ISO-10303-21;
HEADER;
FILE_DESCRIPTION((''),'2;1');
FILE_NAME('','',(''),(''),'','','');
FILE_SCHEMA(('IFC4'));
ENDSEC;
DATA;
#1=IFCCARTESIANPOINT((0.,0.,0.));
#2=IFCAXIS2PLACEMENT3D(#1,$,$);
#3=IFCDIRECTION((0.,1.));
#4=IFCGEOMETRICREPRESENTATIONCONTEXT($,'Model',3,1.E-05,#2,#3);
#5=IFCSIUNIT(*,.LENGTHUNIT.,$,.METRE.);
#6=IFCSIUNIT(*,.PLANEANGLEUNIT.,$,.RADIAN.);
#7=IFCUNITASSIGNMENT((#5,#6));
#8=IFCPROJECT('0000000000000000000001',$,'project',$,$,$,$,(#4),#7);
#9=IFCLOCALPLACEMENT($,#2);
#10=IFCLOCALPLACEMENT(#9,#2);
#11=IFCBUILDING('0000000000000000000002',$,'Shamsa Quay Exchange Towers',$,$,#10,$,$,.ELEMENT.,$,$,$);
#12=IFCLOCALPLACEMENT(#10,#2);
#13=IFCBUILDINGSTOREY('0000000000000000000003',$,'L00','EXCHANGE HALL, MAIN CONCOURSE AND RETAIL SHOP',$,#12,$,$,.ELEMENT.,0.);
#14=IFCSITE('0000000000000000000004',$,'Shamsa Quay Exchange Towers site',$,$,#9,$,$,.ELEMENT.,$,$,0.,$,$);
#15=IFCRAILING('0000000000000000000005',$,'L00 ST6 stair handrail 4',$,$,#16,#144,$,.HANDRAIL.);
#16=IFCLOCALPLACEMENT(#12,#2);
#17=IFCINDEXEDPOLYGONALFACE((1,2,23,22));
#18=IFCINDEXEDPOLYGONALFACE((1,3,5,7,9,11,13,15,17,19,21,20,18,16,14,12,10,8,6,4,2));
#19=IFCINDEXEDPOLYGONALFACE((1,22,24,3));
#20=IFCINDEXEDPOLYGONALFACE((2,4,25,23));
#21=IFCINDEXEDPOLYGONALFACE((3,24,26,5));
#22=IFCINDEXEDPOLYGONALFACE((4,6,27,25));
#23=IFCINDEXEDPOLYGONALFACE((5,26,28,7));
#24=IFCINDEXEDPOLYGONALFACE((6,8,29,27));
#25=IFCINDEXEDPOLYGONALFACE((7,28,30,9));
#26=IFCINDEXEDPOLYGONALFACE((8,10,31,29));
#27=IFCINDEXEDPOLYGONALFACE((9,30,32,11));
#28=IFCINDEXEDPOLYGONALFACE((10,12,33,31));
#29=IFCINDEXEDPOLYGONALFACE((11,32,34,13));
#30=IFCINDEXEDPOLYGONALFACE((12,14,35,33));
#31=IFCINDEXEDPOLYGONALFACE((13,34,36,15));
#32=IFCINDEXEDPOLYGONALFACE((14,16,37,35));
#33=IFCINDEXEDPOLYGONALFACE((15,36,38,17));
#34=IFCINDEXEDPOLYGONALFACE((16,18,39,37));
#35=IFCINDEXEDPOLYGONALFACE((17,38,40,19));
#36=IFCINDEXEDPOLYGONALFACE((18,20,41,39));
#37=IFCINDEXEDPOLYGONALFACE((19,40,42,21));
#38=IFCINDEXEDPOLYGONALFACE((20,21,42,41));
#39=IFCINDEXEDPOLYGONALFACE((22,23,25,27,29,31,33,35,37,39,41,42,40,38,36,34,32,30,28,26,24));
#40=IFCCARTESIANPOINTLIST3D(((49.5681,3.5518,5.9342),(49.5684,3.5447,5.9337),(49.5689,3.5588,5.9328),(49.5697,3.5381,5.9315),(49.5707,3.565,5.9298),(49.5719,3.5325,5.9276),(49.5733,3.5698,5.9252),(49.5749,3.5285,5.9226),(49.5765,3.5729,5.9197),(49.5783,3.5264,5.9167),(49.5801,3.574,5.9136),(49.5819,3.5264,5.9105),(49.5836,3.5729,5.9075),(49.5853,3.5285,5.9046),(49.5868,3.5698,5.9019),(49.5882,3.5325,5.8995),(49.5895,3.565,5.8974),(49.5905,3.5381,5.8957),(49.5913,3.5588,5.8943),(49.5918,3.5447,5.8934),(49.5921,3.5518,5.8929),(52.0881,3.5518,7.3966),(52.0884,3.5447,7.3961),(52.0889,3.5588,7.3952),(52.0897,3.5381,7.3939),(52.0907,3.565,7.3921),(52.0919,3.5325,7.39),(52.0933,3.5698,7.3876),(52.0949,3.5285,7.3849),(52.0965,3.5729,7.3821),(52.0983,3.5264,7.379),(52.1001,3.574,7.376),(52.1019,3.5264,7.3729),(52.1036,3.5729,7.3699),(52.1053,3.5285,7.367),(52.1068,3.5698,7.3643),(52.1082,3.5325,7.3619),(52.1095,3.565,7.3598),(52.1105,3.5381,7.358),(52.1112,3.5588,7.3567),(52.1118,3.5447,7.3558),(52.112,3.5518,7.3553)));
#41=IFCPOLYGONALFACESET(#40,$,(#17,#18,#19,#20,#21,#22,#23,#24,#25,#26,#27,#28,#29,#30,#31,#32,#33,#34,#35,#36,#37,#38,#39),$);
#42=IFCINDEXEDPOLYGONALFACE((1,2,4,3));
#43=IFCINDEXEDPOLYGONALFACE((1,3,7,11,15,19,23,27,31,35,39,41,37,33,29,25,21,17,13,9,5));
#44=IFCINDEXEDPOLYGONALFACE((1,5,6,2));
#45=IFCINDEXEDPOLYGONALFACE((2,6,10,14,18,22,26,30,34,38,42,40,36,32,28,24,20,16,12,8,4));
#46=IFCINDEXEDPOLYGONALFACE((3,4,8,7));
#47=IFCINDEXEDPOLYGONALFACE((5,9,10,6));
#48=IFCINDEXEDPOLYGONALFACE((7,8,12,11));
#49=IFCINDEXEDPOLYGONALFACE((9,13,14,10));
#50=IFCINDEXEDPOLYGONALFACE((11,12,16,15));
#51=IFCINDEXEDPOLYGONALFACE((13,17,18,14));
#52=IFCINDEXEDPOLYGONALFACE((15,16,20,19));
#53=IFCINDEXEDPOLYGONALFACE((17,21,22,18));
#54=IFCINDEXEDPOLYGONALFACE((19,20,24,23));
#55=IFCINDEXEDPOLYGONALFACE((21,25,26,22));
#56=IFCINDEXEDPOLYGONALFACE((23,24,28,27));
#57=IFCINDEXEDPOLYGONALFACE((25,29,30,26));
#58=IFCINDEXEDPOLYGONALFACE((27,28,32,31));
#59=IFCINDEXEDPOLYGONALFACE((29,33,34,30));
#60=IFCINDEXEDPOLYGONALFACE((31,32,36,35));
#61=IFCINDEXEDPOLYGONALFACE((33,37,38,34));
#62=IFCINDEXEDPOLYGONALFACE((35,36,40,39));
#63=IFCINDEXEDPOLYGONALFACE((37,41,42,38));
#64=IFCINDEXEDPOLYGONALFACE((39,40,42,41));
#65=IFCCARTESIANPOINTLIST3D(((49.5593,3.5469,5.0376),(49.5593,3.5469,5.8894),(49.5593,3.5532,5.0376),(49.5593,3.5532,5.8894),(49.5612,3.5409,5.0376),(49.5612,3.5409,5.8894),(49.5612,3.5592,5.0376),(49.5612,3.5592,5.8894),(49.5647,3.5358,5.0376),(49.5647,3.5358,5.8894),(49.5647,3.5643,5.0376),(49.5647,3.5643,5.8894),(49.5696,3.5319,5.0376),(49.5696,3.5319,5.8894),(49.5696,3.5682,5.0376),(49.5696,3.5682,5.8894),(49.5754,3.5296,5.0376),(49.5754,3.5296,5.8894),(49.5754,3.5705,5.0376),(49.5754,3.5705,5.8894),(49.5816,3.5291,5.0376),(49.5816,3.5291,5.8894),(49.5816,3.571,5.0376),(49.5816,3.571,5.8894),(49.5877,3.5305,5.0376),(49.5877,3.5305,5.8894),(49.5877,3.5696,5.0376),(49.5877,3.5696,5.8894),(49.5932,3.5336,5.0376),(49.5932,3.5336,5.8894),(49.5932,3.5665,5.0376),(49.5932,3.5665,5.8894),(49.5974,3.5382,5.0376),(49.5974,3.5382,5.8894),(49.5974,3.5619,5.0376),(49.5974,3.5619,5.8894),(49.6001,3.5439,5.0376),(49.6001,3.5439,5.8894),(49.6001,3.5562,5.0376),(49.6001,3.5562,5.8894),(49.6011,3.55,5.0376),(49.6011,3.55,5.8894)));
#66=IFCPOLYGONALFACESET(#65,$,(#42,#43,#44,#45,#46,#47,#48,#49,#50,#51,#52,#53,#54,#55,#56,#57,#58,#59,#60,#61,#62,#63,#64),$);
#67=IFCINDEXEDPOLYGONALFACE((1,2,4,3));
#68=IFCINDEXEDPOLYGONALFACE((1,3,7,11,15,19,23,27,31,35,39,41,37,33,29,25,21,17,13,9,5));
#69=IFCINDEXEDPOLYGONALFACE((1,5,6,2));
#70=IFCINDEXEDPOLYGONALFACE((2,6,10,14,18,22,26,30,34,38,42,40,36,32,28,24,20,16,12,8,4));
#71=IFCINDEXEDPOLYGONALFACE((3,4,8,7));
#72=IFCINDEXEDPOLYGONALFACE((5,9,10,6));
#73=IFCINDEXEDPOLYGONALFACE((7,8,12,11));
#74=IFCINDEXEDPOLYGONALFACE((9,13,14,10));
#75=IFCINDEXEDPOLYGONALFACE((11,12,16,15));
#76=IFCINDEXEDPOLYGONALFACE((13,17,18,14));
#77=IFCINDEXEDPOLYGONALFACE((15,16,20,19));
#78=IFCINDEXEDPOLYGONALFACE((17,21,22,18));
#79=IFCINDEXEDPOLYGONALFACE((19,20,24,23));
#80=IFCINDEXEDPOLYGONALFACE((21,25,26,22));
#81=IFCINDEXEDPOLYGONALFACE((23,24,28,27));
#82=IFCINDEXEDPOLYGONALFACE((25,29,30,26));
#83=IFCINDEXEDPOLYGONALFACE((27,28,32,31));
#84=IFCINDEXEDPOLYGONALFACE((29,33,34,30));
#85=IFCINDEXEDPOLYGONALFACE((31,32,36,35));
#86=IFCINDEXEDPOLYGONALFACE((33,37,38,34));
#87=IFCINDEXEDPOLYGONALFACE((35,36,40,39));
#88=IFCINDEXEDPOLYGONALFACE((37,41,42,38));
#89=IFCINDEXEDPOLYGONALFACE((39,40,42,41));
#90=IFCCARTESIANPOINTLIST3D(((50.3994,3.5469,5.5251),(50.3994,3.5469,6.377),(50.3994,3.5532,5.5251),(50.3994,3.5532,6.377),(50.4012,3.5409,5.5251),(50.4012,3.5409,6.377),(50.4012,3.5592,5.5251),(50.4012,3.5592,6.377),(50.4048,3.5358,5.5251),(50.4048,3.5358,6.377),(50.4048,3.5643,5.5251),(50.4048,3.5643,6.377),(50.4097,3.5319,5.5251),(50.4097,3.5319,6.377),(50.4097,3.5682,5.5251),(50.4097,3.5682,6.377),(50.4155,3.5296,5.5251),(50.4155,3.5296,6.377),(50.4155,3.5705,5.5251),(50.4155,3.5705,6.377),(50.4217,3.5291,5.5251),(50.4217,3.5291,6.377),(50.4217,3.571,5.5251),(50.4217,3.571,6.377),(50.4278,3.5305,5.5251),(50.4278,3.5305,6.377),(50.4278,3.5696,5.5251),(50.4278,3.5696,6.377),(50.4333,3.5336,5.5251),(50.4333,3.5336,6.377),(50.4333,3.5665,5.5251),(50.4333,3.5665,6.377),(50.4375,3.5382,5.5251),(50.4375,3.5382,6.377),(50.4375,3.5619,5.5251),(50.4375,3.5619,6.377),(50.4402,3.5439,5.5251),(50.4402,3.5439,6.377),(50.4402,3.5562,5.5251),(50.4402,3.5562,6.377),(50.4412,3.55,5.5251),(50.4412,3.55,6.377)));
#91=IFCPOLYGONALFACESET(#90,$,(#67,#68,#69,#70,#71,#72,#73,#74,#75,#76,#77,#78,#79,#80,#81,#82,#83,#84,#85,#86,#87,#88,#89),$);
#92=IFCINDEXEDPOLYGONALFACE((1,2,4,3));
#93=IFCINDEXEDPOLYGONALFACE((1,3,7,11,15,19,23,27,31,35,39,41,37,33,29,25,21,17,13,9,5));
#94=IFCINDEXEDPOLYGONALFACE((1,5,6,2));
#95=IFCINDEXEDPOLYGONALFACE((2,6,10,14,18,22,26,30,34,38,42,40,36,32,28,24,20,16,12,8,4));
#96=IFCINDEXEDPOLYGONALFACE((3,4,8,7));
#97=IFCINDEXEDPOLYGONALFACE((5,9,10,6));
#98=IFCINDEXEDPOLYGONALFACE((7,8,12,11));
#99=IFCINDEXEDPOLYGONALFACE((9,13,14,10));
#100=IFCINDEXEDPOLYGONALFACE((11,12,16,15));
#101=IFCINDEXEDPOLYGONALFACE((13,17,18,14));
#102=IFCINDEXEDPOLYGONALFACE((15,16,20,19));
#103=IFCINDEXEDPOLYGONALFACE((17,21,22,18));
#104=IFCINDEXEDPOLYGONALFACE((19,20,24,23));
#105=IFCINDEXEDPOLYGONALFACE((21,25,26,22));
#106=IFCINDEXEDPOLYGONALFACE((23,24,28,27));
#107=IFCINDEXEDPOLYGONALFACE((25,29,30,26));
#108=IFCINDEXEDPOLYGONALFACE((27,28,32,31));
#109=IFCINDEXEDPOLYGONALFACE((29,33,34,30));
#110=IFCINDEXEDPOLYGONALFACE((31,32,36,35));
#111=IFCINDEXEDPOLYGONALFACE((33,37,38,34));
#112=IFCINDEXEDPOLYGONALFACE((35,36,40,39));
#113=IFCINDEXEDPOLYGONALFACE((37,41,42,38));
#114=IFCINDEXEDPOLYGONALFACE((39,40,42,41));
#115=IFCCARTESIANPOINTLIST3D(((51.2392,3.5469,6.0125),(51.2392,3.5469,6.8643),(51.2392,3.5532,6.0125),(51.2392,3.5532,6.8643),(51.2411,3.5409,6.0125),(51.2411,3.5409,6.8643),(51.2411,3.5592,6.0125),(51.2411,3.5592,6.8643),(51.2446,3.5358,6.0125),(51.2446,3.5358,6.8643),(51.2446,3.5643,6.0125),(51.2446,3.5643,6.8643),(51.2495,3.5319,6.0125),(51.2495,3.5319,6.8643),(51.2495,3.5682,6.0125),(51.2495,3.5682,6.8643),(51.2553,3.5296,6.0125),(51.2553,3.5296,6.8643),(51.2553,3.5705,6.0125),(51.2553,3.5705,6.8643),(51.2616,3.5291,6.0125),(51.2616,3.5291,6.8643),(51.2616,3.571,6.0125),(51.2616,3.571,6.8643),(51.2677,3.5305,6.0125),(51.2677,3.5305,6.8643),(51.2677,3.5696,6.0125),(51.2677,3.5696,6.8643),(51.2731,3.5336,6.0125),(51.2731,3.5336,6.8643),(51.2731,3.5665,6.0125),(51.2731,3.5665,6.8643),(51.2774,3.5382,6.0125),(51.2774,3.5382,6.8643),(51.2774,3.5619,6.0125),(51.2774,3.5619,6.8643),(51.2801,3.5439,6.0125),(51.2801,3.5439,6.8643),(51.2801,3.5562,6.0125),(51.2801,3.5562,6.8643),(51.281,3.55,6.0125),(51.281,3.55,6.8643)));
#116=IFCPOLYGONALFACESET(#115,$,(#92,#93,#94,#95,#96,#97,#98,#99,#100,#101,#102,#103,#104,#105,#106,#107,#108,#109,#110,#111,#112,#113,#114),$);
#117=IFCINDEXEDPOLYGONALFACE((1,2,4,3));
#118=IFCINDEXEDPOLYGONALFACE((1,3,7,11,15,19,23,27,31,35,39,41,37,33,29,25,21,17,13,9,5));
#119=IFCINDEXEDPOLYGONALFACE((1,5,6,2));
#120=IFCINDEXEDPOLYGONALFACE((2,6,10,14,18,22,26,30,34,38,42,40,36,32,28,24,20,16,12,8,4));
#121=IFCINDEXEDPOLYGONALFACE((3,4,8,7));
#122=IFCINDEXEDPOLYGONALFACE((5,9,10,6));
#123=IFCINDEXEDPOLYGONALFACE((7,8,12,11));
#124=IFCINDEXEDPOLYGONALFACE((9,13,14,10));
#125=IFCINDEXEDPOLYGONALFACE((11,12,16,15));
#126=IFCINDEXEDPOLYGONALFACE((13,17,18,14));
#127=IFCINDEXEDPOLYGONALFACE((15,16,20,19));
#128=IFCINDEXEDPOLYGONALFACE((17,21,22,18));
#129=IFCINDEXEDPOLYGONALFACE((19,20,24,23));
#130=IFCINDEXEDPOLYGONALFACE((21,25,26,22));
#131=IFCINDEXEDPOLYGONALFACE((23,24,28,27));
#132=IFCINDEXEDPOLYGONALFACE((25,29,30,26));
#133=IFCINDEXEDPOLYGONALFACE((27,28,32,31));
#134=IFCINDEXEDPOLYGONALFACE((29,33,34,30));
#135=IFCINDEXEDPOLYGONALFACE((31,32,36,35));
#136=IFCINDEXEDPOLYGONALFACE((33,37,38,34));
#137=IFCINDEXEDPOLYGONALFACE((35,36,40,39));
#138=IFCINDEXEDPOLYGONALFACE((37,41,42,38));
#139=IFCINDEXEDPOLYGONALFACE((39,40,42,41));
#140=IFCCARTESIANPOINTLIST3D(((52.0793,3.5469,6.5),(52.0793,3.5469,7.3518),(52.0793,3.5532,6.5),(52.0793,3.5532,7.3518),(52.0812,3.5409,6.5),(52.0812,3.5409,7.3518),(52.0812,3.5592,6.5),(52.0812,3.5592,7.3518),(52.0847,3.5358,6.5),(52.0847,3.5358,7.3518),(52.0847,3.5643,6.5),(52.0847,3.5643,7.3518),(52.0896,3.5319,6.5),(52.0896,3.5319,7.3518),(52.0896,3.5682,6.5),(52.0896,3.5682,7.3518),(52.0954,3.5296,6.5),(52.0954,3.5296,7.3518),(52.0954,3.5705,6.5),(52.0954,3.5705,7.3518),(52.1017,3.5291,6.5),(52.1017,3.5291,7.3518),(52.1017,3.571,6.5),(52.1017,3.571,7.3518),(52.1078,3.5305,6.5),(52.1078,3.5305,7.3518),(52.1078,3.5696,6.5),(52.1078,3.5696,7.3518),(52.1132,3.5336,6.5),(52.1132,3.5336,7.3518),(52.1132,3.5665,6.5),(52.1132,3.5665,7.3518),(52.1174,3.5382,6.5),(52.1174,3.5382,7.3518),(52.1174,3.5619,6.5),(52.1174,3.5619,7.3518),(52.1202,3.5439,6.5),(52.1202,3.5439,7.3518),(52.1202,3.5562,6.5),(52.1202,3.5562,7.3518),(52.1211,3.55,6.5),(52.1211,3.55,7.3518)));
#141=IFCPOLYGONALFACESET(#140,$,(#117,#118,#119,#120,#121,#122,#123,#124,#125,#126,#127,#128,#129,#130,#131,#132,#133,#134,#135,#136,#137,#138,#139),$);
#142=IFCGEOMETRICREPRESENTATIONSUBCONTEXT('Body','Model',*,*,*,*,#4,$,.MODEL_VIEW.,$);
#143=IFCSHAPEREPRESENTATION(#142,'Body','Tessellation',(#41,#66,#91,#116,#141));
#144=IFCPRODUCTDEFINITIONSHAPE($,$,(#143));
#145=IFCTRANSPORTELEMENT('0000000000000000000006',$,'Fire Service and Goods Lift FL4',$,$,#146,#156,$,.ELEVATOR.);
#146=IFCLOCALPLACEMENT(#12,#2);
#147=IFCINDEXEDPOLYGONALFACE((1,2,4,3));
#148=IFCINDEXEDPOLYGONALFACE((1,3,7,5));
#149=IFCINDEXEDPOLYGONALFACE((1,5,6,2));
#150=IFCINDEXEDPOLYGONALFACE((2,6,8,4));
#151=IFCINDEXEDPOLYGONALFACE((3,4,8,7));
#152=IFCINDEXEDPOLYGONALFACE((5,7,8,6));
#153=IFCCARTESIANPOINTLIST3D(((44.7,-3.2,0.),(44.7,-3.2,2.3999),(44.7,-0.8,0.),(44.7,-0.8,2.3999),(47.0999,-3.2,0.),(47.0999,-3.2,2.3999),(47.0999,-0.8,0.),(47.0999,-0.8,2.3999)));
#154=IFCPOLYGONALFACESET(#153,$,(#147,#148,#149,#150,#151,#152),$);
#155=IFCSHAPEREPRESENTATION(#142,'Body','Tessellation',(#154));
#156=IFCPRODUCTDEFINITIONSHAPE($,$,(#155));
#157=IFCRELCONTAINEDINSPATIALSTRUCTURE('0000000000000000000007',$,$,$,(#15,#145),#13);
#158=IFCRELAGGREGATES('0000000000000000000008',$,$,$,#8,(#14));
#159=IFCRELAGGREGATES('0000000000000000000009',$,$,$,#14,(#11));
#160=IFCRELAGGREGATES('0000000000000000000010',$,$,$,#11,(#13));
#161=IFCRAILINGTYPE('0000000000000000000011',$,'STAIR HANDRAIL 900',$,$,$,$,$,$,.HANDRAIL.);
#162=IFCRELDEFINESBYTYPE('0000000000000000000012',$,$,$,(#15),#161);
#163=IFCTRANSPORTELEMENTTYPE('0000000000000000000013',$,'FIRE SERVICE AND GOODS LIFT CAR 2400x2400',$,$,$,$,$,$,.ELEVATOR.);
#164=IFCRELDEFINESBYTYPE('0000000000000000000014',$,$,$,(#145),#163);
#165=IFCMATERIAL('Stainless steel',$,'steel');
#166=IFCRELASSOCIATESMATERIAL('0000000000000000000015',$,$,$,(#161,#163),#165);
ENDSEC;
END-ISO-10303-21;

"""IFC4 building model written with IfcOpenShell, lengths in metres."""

from ifc_helpers import new_model, si_unit, direction, frame, origin, origin_2d, place, context, subcontext, project, spatial, rectangle, circle, extrude, material, type_object, element, save


model = new_model("IFC4")

# Units and contexts
model_context = context("Model", 3, precision=1e-05, world=origin(), true_north=direction((0.0, 1.0)))
body_context = subcontext(model_context, "Body", "Model", "MODEL_VIEW")
ifc_project = project(units=[si_unit("LENGTHUNIT", "METRE"), si_unit("PLANEANGLEUNIT", "RADIAN")], contexts=[model_context])

# Site, building, storey
site_placement = place(None, origin())
site = spatial("IfcSite", under=ifc_project, at=site_placement, Name="Shamsa Quay Exchange Towers site", CompositionType="ELEMENT", RefElevation=0.0)
building_placement = place(site_placement, origin())
building = spatial("IfcBuilding", under=site, at=building_placement, Name="Shamsa Quay Exchange Towers", CompositionType="ELEMENT")
storey_placement = place(building_placement, origin())
storey = spatial("IfcBuildingStorey", under=building, at=storey_placement, Name="L00", Description="EXCHANGE HALL, MAIN CONCOURSE AND RETAIL SHOP", CompositionType="ELEMENT", Elevation=0.0)

# Railing
ifc_material_1 = material(Name="Stainless steel", Category="steel")
railing_type_1 = type_object("IfcRailingType", Name="STAIR HANDRAIL 900", PredefinedType="HANDRAIL", material=ifc_material_1)
for number, where, name in (
    (1, (49.5801, 3.55, 5.0376), "L00 ST6 stair handrail 4"),
):
    element("IfcRailing", number, at=place(storey_placement, frame(where)), inside=storey, type_object=railing_type_1, Name=name, PredefinedType="HANDRAIL", context=body_context, shape_type="SweptSolid", body=[
        extrude(circle(Radius=0.0239, at=origin_2d()), frame((0.0, 0.0, 0.876), z_axis=(0.864913, 0.0, 0.501921), x_axis=(0.0, 1.0, 0.0)), (0.0, 0.0, 1.0), 2.9136),
        extrude(circle(Radius=0.021, at=origin_2d()), origin(), (0.0, 0.0, 1.0), 0.8518),
        extrude(circle(Radius=0.021, at=origin_2d()), frame((0.8401, 0.0, 0.4875)), (0.0, 0.0, 1.0), 0.8518),
        extrude(circle(Radius=0.021, at=origin_2d()), frame((1.6799, 0.0, 0.9749)), (0.0, 0.0, 1.0), 0.8518),
        extrude(circle(Radius=0.021, at=origin_2d()), frame((2.52, 0.0, 1.4624)), (0.0, 0.0, 1.0), 0.8518),
    ])

# Transport element
transport_element_type = type_object("IfcTransportElementType", Name="FIRE SERVICE AND GOODS LIFT CAR 2400x2400", PredefinedType="ELEVATOR", material=ifc_material_1)
transport_element_placement = place(storey_placement, frame((45.8999, -2.0, 0.0)))
element("IfcTransportElement", 2, at=transport_element_placement, inside=storey, type_object=transport_element_type, Name="Fire Service and Goods Lift FL4", PredefinedType="ELEVATOR", context=body_context, shape_type="SweptSolid", body=[
    extrude(rectangle(XDim=2.3999, YDim=2.3999, at=origin_2d()), origin(), (0.0, 0.0, 1.0), 2.3999),
])

save(model, "model.ifc")
